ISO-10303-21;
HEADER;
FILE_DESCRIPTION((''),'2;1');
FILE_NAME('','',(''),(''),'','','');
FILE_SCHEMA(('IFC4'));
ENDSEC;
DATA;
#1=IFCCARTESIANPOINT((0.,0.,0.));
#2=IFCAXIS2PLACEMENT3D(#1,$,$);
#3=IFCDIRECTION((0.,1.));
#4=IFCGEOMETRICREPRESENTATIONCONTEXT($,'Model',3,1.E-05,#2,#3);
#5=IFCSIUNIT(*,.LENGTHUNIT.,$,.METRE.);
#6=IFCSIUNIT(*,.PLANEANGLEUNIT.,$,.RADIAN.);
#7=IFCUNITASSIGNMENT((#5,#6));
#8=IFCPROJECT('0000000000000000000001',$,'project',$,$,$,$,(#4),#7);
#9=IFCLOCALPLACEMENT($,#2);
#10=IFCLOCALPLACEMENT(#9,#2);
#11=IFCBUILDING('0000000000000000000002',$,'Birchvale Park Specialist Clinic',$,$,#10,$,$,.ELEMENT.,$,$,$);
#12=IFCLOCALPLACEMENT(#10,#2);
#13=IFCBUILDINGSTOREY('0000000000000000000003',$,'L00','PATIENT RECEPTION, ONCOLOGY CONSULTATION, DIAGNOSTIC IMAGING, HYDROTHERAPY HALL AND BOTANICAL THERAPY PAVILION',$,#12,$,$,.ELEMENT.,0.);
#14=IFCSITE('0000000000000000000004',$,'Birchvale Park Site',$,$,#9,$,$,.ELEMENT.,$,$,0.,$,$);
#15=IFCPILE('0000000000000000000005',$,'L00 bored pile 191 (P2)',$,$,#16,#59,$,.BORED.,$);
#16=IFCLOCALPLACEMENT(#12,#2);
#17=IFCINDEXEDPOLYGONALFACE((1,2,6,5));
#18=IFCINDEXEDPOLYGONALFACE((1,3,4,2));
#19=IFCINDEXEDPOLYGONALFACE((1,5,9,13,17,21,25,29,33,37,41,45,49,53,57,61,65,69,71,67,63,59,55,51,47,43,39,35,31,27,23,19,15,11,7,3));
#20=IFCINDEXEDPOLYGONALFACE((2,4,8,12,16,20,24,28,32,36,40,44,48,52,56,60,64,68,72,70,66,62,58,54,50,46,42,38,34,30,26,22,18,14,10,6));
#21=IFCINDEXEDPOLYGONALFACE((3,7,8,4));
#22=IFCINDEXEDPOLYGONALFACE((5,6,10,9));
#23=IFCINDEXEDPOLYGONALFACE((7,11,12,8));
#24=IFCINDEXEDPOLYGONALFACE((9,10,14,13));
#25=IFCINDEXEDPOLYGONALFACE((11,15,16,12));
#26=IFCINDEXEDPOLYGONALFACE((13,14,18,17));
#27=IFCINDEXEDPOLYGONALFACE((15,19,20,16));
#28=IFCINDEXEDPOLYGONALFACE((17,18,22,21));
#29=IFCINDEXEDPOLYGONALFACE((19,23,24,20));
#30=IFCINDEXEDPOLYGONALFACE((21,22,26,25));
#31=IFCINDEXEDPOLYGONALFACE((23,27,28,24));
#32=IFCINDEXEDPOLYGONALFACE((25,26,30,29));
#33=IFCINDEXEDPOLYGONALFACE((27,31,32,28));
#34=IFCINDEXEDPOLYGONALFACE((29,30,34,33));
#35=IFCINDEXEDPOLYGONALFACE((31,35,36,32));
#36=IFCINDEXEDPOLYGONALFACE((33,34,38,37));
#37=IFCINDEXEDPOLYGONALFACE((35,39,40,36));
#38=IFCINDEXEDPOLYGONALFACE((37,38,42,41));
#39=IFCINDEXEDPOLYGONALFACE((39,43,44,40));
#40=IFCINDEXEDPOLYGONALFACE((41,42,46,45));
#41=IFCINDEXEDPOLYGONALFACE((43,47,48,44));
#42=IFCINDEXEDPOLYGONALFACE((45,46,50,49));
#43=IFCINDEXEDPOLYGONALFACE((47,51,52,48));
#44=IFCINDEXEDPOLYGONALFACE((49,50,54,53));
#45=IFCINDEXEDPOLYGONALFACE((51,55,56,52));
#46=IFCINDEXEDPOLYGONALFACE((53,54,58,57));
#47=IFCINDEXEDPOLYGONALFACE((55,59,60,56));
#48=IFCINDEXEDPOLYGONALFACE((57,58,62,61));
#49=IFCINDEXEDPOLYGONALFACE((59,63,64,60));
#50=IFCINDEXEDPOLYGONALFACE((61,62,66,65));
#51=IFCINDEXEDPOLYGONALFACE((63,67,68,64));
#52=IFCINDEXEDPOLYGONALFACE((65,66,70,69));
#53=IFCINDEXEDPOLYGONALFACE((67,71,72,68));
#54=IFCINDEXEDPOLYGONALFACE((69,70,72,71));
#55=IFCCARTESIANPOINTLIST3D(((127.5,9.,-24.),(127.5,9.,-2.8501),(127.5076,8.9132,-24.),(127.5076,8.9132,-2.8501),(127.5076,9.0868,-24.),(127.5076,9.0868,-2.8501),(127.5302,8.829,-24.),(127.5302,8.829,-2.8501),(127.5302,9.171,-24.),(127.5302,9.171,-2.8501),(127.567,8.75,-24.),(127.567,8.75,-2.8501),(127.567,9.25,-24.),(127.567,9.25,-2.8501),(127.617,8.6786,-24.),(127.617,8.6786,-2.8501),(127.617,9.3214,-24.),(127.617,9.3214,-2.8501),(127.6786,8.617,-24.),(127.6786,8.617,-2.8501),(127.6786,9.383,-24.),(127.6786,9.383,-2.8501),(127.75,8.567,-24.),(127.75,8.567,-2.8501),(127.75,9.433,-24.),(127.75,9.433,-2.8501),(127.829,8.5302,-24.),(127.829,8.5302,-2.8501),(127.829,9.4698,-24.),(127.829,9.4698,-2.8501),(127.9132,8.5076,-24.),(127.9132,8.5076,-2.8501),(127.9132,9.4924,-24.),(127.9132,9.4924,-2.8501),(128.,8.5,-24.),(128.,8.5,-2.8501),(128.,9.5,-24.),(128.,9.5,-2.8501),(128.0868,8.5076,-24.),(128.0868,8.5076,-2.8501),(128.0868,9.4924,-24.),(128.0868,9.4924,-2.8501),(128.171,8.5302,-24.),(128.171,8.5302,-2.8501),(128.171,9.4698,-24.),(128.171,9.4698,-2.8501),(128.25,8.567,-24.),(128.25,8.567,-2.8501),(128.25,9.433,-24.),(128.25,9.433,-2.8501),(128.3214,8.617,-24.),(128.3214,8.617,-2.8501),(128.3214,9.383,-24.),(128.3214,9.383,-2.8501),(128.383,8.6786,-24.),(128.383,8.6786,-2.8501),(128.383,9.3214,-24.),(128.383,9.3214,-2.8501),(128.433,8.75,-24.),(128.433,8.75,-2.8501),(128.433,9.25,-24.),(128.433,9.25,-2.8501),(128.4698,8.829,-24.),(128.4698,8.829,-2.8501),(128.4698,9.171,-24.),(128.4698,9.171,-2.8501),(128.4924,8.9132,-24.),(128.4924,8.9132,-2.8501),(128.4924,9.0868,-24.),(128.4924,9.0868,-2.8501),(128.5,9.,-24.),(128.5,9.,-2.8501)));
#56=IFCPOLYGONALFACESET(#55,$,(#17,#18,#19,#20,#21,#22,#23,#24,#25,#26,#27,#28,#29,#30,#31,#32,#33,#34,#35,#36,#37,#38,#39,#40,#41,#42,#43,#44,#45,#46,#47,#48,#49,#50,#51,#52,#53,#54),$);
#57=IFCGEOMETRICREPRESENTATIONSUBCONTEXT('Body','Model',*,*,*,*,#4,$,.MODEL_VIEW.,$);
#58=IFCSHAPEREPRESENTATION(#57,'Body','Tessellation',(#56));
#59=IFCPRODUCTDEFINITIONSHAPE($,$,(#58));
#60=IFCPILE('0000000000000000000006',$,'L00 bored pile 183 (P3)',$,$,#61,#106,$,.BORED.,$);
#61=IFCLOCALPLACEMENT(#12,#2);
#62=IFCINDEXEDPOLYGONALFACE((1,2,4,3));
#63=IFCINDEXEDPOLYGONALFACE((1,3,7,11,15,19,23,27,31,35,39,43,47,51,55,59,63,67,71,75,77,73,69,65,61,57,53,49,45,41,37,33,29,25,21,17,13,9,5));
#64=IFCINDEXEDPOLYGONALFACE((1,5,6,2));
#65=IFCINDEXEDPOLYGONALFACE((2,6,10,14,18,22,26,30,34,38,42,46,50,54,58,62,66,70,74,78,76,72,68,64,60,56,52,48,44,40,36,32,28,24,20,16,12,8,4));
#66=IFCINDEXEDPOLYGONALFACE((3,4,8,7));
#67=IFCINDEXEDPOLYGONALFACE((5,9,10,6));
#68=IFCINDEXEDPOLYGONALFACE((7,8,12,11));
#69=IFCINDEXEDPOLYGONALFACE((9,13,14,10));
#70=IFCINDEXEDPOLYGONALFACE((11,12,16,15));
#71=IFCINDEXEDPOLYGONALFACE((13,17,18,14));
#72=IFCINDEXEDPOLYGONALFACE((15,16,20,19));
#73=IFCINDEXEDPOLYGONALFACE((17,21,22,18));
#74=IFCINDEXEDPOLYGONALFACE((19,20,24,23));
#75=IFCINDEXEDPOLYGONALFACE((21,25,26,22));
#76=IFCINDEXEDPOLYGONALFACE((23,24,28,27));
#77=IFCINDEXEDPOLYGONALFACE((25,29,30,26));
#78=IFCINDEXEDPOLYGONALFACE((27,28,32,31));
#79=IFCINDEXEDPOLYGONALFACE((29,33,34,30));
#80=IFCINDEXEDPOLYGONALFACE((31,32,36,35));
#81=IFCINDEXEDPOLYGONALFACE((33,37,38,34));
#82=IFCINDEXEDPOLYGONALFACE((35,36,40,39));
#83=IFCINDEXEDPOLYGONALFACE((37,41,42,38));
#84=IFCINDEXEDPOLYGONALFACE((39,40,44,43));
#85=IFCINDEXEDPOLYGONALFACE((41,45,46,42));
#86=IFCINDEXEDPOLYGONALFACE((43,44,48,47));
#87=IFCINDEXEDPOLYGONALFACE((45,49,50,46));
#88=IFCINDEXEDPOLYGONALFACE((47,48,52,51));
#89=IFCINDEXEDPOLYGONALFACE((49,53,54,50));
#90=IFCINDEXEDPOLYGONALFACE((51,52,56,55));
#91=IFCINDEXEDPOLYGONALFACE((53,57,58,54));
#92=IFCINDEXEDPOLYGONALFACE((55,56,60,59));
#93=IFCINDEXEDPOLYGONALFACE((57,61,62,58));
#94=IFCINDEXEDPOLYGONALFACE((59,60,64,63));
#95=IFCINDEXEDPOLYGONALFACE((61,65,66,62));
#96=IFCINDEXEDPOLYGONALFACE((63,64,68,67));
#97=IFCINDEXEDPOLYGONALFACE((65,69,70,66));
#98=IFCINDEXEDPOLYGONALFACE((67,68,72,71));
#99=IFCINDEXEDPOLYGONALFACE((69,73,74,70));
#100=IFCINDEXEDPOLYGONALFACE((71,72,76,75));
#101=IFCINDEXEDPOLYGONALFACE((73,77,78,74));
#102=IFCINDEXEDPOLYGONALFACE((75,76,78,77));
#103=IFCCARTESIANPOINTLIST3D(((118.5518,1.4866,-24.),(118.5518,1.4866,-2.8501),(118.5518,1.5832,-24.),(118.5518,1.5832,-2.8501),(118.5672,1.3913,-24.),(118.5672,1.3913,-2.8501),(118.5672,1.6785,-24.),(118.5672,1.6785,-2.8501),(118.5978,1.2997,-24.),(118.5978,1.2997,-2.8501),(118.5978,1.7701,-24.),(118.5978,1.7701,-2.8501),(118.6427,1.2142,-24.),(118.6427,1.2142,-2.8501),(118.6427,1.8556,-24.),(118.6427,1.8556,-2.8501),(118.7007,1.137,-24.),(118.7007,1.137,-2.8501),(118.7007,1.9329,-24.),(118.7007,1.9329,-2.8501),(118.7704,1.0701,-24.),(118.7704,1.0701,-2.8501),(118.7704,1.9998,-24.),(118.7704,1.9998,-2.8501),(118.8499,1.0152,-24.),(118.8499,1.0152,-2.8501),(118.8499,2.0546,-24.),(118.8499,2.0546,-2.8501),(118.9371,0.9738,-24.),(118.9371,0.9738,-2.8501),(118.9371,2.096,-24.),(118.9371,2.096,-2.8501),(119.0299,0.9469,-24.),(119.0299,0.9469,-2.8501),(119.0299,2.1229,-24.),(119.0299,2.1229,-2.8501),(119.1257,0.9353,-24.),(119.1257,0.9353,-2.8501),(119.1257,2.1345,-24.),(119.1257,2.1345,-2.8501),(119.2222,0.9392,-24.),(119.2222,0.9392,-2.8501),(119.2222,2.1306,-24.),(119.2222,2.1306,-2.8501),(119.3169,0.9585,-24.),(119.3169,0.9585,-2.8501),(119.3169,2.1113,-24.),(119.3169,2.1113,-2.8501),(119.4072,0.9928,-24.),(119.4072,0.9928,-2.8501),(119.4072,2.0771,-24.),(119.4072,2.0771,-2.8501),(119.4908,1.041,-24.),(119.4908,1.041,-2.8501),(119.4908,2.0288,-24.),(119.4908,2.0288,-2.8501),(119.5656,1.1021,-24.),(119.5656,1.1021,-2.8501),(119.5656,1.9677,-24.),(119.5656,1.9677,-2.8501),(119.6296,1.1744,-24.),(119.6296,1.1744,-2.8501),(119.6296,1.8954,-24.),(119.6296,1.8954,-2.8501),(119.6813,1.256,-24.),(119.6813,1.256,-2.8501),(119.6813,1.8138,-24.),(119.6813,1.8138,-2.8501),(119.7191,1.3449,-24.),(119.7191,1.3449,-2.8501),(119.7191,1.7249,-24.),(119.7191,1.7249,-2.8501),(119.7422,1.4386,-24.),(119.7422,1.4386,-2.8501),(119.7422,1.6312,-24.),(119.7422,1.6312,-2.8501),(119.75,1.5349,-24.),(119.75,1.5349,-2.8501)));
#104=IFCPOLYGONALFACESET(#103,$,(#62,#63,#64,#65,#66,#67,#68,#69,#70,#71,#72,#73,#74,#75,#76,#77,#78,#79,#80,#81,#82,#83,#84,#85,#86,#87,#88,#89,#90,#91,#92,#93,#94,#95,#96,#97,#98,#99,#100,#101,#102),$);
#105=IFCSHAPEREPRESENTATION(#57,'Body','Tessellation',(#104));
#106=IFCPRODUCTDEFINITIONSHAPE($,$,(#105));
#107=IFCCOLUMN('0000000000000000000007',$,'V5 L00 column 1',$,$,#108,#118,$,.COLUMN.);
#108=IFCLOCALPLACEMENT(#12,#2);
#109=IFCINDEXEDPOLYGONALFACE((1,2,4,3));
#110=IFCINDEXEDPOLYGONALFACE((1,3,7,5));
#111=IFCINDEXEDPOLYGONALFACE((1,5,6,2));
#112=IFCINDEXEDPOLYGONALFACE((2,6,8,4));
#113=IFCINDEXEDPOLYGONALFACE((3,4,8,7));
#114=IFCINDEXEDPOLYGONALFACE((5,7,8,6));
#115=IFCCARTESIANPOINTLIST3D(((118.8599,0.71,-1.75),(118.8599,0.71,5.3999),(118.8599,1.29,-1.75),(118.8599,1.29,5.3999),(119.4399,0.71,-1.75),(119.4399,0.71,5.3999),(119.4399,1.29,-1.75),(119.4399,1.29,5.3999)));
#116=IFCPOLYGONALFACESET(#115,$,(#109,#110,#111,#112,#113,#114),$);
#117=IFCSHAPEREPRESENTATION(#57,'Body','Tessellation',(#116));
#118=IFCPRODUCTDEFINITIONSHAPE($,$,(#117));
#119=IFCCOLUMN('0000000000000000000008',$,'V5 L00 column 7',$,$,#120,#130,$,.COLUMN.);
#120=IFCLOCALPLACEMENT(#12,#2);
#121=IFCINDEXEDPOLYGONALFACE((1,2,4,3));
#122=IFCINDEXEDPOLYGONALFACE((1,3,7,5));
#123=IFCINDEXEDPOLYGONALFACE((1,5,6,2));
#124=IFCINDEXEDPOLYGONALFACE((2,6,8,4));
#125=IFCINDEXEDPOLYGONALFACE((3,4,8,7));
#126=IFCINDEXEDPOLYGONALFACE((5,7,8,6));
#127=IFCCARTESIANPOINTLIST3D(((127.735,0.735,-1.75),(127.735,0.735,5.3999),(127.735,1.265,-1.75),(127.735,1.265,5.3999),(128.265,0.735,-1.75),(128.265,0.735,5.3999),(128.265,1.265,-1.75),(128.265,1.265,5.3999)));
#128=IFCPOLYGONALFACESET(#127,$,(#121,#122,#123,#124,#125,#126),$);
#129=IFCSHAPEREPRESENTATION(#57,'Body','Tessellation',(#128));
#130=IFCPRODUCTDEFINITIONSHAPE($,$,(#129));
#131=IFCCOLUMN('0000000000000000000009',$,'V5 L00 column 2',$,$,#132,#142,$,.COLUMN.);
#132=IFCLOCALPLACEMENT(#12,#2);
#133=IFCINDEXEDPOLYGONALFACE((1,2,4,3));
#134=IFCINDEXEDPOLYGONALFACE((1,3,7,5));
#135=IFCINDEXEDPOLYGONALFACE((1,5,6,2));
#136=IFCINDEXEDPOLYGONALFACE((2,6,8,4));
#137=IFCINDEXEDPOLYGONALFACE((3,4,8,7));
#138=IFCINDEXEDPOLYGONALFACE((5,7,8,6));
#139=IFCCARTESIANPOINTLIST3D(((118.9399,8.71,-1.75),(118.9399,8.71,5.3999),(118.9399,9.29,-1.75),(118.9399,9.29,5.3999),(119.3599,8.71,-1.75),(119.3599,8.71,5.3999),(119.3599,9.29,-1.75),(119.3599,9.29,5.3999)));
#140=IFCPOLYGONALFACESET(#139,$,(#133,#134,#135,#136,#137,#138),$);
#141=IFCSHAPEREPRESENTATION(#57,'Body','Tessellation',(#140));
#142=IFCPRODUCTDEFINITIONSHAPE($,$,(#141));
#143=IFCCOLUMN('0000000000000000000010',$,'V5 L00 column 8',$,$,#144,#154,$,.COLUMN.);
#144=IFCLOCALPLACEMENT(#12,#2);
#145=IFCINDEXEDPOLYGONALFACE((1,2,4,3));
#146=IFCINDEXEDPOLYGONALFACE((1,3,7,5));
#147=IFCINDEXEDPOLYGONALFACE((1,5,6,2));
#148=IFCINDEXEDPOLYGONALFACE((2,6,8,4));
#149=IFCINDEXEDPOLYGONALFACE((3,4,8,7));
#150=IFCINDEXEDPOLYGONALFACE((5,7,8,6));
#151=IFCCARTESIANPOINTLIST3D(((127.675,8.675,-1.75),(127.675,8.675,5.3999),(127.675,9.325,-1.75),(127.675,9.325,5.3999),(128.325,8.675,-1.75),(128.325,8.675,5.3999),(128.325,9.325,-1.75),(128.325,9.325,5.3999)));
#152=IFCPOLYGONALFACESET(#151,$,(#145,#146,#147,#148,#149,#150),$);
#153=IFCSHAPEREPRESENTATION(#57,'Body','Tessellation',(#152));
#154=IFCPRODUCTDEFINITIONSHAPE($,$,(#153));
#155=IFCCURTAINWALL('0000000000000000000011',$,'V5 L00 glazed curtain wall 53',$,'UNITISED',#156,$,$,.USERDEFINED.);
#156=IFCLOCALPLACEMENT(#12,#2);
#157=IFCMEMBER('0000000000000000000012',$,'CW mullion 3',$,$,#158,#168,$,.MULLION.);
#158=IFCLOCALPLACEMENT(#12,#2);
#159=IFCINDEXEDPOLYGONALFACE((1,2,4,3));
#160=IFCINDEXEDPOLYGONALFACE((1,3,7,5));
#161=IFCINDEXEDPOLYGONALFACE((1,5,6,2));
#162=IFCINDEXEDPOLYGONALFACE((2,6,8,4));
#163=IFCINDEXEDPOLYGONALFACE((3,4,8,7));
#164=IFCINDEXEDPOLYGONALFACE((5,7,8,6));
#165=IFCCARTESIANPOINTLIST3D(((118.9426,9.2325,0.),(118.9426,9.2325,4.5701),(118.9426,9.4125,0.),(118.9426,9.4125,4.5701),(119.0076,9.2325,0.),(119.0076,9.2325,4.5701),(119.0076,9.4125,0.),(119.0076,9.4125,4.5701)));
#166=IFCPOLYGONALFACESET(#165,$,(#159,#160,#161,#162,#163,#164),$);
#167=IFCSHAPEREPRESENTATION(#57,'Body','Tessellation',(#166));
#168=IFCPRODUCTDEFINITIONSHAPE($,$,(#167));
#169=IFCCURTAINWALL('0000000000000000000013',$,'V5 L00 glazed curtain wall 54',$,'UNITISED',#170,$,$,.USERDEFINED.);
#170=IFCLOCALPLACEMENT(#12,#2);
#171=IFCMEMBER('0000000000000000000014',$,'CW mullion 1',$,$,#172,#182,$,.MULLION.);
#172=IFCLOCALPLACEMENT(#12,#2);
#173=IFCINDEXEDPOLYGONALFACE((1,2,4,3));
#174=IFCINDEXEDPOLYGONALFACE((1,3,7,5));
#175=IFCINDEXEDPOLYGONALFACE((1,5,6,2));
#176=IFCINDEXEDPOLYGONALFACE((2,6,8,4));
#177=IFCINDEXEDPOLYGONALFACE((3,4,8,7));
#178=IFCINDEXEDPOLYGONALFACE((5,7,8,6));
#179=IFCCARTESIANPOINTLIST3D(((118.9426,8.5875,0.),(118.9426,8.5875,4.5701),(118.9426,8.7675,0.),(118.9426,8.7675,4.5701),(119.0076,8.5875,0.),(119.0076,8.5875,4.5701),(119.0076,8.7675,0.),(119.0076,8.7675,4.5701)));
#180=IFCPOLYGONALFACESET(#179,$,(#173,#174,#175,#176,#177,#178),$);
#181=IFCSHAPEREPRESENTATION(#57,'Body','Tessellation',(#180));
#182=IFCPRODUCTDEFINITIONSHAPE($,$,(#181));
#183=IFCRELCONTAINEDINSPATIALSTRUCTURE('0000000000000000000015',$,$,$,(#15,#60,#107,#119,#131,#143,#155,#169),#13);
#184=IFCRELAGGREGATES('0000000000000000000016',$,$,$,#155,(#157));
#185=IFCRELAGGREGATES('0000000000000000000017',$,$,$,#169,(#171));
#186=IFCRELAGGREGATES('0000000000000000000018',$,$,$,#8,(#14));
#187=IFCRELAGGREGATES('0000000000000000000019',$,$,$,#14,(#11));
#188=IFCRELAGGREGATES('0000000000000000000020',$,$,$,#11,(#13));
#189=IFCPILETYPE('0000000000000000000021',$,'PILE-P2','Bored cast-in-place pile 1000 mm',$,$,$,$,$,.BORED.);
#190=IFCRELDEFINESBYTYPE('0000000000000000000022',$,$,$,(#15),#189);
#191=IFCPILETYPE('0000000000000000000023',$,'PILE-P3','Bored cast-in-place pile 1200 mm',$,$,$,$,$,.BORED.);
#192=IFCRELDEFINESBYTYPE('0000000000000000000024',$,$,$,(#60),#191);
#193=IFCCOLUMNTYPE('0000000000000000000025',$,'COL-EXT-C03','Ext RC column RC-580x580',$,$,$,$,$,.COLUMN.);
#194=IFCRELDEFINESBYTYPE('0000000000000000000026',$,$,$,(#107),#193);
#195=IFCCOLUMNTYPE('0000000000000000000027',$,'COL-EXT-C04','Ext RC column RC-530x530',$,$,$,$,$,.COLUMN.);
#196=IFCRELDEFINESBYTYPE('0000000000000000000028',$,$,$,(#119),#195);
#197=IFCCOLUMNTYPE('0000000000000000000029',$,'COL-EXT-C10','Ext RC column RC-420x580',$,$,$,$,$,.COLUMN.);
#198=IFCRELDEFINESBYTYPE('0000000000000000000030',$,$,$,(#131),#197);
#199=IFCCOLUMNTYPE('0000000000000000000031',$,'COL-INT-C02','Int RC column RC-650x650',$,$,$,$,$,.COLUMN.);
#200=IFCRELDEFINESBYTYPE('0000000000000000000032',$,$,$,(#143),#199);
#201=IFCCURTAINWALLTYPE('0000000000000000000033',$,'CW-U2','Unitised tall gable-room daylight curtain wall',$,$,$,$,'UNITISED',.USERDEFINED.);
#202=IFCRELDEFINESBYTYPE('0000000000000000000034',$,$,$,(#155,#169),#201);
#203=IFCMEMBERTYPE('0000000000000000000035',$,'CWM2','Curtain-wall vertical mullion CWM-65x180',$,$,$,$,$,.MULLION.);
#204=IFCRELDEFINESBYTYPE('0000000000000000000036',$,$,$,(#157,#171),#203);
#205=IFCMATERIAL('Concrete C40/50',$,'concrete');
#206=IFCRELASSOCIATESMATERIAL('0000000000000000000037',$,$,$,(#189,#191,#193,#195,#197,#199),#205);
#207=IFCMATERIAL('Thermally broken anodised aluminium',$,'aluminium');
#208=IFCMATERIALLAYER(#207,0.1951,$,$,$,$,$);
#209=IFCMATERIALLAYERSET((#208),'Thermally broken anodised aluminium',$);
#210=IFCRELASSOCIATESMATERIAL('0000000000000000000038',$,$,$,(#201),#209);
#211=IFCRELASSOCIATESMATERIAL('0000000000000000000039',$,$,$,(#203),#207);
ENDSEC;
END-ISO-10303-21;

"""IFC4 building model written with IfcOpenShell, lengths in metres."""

from ifc_helpers import new_model, si_unit, direction, frame, origin, origin_2d, place, context, subcontext, project, spatial, rectangle, circle, extrude, material, layer, layer_set, material_profile, profile_set, type_object, element, aggregate, save


model = new_model("IFC4")

# Units and contexts
model_context = context("Model", 3, precision=1e-05, world=origin(), true_north=direction((0.0, 1.0)))
body_context = subcontext(model_context, "Body", "Model", "MODEL_VIEW")
ifc_project = project(units=[si_unit("LENGTHUNIT", "METRE"), si_unit("PLANEANGLEUNIT", "RADIAN")], contexts=[model_context])

# Site, building, storey
site_placement = place(None, origin())
site = spatial("IfcSite", under=ifc_project, at=site_placement, Name="Birchvale Park Site", CompositionType="ELEMENT", RefElevation=0.0)
building_placement = place(site_placement, origin())
building = spatial("IfcBuilding", under=site, at=building_placement, Name="Birchvale Park Specialist Clinic", CompositionType="ELEMENT")
storey_placement = place(building_placement, origin())
storey = spatial("IfcBuildingStorey", under=building, at=storey_placement, Name="L00", Description="PATIENT RECEPTION, ONCOLOGY CONSULTATION, DIAGNOSTIC IMAGING, HYDROTHERAPY HALL AND BOTANICAL THERAPY PAVILION", CompositionType="ELEMENT", Elevation=0.0)

# Shared definitions
ifc_material_1 = material(Name="Concrete C40/50", Category="concrete")

# Piles
ifc_material_profile_1 = material_profile(ifc_material_1, circle(Radius=0.5, at=origin_2d()), Name="PILE-1000")
ifc_profile_set_1 = profile_set([ifc_material_profile_1], Name="Concrete C40/50")
pile_type_1 = type_object("IfcPileType", Name="PILE-P2", Description="Bored cast-in-place pile 1000 mm", PredefinedType="BORED", material=ifc_profile_set_1)
pile_1_placement = place(storey_placement, frame((128.0, 9.0, -2.8501), z_axis=(0.0, 0.0, -1.0), x_axis=(1.0, 0.0, 0.0)))
element("IfcPile", 1, at=pile_1_placement, inside=storey, type_object=pile_type_1, Name="L00 bored pile 191 (P2)", PredefinedType="BORED", context=body_context, shape_type="SweptSolid", body=[
    extrude(circle(Radius=0.5, at=origin_2d()), origin(), (0.0, 0.0, 1.0), 21.1499),
])
ifc_material_profile_2 = material_profile(ifc_material_1, circle(Radius=0.6001, at=origin_2d()), Name="PILE-1200")
ifc_profile_set_2 = profile_set([ifc_material_profile_2], Name="Concrete C40/50")
pile_type_2 = type_object("IfcPileType", Name="PILE-P3", Description="Bored cast-in-place pile 1200 mm", PredefinedType="BORED", material=ifc_profile_set_2)
pile_2_placement = place(storey_placement, frame((119.1499, 1.5349, -2.8501), z_axis=(0.0, 0.0, -1.0), x_axis=(1.0, 0.0, 0.0)))
element("IfcPile", 2, at=pile_2_placement, inside=storey, type_object=pile_type_2, Name="L00 bored pile 183 (P3)", PredefinedType="BORED", context=body_context, shape_type="SweptSolid", body=[
    extrude(circle(Radius=0.6001, at=origin_2d()), origin(), (0.0, 0.0, 1.0), 21.1499),
])

# Columns
ifc_material_profile_3 = material_profile(ifc_material_1, rectangle(XDim=0.5801, YDim=0.5801, at=origin_2d()), Name="RC-580x580")
ifc_profile_set_3 = profile_set([ifc_material_profile_3], Name="Concrete C40/50")
column_type_1 = type_object("IfcColumnType", Name="COL-EXT-C03", Description="Ext RC column RC-580x580", PredefinedType="COLUMN", material=ifc_profile_set_3)
column_1_placement = place(storey_placement, frame((119.1499, 1.0, -1.75), z_axis=(0.0, 0.0, 1.0), x_axis=(1.0, 0.0, 0.0)))
element("IfcColumn", 3, at=column_1_placement, inside=storey, type_object=column_type_1, Name="V5 L00 column 1", PredefinedType="COLUMN", context=body_context, shape_type="SweptSolid", body=[
    extrude(rectangle(XDim=0.5801, YDim=0.5801, at=origin_2d()), origin(), (0.0, 0.0, 1.0), 7.1499),
])
ifc_material_profile_4 = material_profile(ifc_material_1, rectangle(XDim=0.53, YDim=0.53, at=origin_2d()), Name="RC-530x530")
ifc_profile_set_4 = profile_set([ifc_material_profile_4], Name="Concrete C40/50")
column_type_2 = type_object("IfcColumnType", Name="COL-EXT-C04", Description="Ext RC column RC-530x530", PredefinedType="COLUMN", material=ifc_profile_set_4)
column_2_placement = place(storey_placement, frame((128.0, 1.0, -1.75), z_axis=(0.0, 0.0, 1.0), x_axis=(1.0, 0.0, 0.0)))
element("IfcColumn", 4, at=column_2_placement, inside=storey, type_object=column_type_2, Name="V5 L00 column 7", PredefinedType="COLUMN", context=body_context, shape_type="SweptSolid", body=[
    extrude(rectangle(XDim=0.53, YDim=0.53, at=origin_2d()), origin(), (0.0, 0.0, 1.0), 7.1499),
])
ifc_material_profile_5 = material_profile(ifc_material_1, rectangle(XDim=0.4199, YDim=0.5801, at=origin_2d()), Name="RC-420x580")
ifc_profile_set_5 = profile_set([ifc_material_profile_5], Name="Concrete C40/50")
column_type_3 = type_object("IfcColumnType", Name="COL-EXT-C10", Description="Ext RC column RC-420x580", PredefinedType="COLUMN", material=ifc_profile_set_5)
column_3_placement = place(storey_placement, frame((119.1499, 9.0, -1.75), z_axis=(0.0, 0.0, 1.0), x_axis=(1.0, 0.0, 0.0)))
element("IfcColumn", 5, at=column_3_placement, inside=storey, type_object=column_type_3, Name="V5 L00 column 2", PredefinedType="COLUMN", context=body_context, shape_type="SweptSolid", body=[
    extrude(rectangle(XDim=0.4199, YDim=0.5801, at=origin_2d()), origin(), (0.0, 0.0, 1.0), 7.1499),
])
ifc_material_profile_6 = material_profile(ifc_material_1, rectangle(XDim=0.6499, YDim=0.6499, at=origin_2d()), Name="RC-650x650")
ifc_profile_set_6 = profile_set([ifc_material_profile_6], Name="Concrete C40/50")
column_type_4 = type_object("IfcColumnType", Name="COL-INT-C02", Description="Int RC column RC-650x650", PredefinedType="COLUMN", material=ifc_profile_set_6)
column_4_placement = place(storey_placement, frame((128.0, 9.0, -1.75), z_axis=(0.0, 0.0, 1.0), x_axis=(1.0, 0.0, 0.0)))
element("IfcColumn", 6, at=column_4_placement, inside=storey, type_object=column_type_4, Name="V5 L00 column 8", PredefinedType="COLUMN", context=body_context, shape_type="SweptSolid", body=[
    extrude(rectangle(XDim=0.6499, YDim=0.6499, at=origin_2d()), origin(), (0.0, 0.0, 1.0), 7.1499),
])

# Curtain wall, member
ifc_material_2 = material(Name="Thermally broken anodised aluminium", Category="aluminium")
ifc_layer_1 = layer(ifc_material_2, 0.1951)
ifc_layer_set_1 = layer_set([ifc_layer_1], Name="Thermally broken anodised aluminium")
curtain_wall_type = type_object("IfcCurtainWallType", Name="CW-U2", Description="Unitised tall gable-room daylight curtain wall", ElementType="UNITISED", PredefinedType="USERDEFINED", material=ifc_layer_set_1)
curtain_wall_1_placement = place(storey_placement, origin())
curtain_wall_1 = element("IfcCurtainWall", 7, at=curtain_wall_1_placement, inside=storey, type_object=curtain_wall_type, Name="V5 L00 glazed curtain wall 53", ObjectType="UNITISED", PredefinedType="USERDEFINED")
ifc_material_profile_7 = material_profile(ifc_material_2, rectangle(XDim=0.0649, YDim=0.1799, at=origin_2d()), Name="CWM-65x180")
ifc_profile_set_7 = profile_set([ifc_material_profile_7], Name="Thermally broken anodised aluminium")
member_type_1 = type_object("IfcMemberType", Name="CWM2", Description="Curtain-wall vertical mullion CWM-65x180", PredefinedType="MULLION", material=ifc_profile_set_7)
member_1_placement = place(storey_placement, frame((118.9751, 9.3225, 0.0), z_axis=(0.0, 0.0, 1.0), x_axis=(1.0, 0.0, 0.0)))
member_1 = element("IfcMember", 8, at=member_1_placement, type_object=member_type_1, Name="CW mullion 3", PredefinedType="MULLION", context=body_context, shape_type="SweptSolid", body=[
    extrude(rectangle(XDim=0.0649, YDim=0.1799, at=origin_2d()), origin(), (0.0, 0.0, 1.0), 4.5701),
])

# Curtain wall, member
curtain_wall_2_placement = place(storey_placement, origin())
curtain_wall_2 = element("IfcCurtainWall", 9, at=curtain_wall_2_placement, inside=storey, type_object=curtain_wall_type, Name="V5 L00 glazed curtain wall 54", ObjectType="UNITISED", PredefinedType="USERDEFINED")
member_2_placement = place(storey_placement, frame((118.9751, 8.6775, 0.0), z_axis=(0.0, 0.0, 1.0), x_axis=(1.0, 0.0, 0.0)))
member_2 = element("IfcMember", 10, at=member_2_placement, type_object=member_type_1, Name="CW mullion 1", PredefinedType="MULLION", context=body_context, shape_type="SweptSolid", body=[
    extrude(rectangle(XDim=0.0649, YDim=0.1799, at=origin_2d()), origin(), (0.0, 0.0, 1.0), 4.5701),
])

aggregate(curtain_wall_1, [member_1])
aggregate(curtain_wall_2, [member_2])

save(model, "model.ifc")
